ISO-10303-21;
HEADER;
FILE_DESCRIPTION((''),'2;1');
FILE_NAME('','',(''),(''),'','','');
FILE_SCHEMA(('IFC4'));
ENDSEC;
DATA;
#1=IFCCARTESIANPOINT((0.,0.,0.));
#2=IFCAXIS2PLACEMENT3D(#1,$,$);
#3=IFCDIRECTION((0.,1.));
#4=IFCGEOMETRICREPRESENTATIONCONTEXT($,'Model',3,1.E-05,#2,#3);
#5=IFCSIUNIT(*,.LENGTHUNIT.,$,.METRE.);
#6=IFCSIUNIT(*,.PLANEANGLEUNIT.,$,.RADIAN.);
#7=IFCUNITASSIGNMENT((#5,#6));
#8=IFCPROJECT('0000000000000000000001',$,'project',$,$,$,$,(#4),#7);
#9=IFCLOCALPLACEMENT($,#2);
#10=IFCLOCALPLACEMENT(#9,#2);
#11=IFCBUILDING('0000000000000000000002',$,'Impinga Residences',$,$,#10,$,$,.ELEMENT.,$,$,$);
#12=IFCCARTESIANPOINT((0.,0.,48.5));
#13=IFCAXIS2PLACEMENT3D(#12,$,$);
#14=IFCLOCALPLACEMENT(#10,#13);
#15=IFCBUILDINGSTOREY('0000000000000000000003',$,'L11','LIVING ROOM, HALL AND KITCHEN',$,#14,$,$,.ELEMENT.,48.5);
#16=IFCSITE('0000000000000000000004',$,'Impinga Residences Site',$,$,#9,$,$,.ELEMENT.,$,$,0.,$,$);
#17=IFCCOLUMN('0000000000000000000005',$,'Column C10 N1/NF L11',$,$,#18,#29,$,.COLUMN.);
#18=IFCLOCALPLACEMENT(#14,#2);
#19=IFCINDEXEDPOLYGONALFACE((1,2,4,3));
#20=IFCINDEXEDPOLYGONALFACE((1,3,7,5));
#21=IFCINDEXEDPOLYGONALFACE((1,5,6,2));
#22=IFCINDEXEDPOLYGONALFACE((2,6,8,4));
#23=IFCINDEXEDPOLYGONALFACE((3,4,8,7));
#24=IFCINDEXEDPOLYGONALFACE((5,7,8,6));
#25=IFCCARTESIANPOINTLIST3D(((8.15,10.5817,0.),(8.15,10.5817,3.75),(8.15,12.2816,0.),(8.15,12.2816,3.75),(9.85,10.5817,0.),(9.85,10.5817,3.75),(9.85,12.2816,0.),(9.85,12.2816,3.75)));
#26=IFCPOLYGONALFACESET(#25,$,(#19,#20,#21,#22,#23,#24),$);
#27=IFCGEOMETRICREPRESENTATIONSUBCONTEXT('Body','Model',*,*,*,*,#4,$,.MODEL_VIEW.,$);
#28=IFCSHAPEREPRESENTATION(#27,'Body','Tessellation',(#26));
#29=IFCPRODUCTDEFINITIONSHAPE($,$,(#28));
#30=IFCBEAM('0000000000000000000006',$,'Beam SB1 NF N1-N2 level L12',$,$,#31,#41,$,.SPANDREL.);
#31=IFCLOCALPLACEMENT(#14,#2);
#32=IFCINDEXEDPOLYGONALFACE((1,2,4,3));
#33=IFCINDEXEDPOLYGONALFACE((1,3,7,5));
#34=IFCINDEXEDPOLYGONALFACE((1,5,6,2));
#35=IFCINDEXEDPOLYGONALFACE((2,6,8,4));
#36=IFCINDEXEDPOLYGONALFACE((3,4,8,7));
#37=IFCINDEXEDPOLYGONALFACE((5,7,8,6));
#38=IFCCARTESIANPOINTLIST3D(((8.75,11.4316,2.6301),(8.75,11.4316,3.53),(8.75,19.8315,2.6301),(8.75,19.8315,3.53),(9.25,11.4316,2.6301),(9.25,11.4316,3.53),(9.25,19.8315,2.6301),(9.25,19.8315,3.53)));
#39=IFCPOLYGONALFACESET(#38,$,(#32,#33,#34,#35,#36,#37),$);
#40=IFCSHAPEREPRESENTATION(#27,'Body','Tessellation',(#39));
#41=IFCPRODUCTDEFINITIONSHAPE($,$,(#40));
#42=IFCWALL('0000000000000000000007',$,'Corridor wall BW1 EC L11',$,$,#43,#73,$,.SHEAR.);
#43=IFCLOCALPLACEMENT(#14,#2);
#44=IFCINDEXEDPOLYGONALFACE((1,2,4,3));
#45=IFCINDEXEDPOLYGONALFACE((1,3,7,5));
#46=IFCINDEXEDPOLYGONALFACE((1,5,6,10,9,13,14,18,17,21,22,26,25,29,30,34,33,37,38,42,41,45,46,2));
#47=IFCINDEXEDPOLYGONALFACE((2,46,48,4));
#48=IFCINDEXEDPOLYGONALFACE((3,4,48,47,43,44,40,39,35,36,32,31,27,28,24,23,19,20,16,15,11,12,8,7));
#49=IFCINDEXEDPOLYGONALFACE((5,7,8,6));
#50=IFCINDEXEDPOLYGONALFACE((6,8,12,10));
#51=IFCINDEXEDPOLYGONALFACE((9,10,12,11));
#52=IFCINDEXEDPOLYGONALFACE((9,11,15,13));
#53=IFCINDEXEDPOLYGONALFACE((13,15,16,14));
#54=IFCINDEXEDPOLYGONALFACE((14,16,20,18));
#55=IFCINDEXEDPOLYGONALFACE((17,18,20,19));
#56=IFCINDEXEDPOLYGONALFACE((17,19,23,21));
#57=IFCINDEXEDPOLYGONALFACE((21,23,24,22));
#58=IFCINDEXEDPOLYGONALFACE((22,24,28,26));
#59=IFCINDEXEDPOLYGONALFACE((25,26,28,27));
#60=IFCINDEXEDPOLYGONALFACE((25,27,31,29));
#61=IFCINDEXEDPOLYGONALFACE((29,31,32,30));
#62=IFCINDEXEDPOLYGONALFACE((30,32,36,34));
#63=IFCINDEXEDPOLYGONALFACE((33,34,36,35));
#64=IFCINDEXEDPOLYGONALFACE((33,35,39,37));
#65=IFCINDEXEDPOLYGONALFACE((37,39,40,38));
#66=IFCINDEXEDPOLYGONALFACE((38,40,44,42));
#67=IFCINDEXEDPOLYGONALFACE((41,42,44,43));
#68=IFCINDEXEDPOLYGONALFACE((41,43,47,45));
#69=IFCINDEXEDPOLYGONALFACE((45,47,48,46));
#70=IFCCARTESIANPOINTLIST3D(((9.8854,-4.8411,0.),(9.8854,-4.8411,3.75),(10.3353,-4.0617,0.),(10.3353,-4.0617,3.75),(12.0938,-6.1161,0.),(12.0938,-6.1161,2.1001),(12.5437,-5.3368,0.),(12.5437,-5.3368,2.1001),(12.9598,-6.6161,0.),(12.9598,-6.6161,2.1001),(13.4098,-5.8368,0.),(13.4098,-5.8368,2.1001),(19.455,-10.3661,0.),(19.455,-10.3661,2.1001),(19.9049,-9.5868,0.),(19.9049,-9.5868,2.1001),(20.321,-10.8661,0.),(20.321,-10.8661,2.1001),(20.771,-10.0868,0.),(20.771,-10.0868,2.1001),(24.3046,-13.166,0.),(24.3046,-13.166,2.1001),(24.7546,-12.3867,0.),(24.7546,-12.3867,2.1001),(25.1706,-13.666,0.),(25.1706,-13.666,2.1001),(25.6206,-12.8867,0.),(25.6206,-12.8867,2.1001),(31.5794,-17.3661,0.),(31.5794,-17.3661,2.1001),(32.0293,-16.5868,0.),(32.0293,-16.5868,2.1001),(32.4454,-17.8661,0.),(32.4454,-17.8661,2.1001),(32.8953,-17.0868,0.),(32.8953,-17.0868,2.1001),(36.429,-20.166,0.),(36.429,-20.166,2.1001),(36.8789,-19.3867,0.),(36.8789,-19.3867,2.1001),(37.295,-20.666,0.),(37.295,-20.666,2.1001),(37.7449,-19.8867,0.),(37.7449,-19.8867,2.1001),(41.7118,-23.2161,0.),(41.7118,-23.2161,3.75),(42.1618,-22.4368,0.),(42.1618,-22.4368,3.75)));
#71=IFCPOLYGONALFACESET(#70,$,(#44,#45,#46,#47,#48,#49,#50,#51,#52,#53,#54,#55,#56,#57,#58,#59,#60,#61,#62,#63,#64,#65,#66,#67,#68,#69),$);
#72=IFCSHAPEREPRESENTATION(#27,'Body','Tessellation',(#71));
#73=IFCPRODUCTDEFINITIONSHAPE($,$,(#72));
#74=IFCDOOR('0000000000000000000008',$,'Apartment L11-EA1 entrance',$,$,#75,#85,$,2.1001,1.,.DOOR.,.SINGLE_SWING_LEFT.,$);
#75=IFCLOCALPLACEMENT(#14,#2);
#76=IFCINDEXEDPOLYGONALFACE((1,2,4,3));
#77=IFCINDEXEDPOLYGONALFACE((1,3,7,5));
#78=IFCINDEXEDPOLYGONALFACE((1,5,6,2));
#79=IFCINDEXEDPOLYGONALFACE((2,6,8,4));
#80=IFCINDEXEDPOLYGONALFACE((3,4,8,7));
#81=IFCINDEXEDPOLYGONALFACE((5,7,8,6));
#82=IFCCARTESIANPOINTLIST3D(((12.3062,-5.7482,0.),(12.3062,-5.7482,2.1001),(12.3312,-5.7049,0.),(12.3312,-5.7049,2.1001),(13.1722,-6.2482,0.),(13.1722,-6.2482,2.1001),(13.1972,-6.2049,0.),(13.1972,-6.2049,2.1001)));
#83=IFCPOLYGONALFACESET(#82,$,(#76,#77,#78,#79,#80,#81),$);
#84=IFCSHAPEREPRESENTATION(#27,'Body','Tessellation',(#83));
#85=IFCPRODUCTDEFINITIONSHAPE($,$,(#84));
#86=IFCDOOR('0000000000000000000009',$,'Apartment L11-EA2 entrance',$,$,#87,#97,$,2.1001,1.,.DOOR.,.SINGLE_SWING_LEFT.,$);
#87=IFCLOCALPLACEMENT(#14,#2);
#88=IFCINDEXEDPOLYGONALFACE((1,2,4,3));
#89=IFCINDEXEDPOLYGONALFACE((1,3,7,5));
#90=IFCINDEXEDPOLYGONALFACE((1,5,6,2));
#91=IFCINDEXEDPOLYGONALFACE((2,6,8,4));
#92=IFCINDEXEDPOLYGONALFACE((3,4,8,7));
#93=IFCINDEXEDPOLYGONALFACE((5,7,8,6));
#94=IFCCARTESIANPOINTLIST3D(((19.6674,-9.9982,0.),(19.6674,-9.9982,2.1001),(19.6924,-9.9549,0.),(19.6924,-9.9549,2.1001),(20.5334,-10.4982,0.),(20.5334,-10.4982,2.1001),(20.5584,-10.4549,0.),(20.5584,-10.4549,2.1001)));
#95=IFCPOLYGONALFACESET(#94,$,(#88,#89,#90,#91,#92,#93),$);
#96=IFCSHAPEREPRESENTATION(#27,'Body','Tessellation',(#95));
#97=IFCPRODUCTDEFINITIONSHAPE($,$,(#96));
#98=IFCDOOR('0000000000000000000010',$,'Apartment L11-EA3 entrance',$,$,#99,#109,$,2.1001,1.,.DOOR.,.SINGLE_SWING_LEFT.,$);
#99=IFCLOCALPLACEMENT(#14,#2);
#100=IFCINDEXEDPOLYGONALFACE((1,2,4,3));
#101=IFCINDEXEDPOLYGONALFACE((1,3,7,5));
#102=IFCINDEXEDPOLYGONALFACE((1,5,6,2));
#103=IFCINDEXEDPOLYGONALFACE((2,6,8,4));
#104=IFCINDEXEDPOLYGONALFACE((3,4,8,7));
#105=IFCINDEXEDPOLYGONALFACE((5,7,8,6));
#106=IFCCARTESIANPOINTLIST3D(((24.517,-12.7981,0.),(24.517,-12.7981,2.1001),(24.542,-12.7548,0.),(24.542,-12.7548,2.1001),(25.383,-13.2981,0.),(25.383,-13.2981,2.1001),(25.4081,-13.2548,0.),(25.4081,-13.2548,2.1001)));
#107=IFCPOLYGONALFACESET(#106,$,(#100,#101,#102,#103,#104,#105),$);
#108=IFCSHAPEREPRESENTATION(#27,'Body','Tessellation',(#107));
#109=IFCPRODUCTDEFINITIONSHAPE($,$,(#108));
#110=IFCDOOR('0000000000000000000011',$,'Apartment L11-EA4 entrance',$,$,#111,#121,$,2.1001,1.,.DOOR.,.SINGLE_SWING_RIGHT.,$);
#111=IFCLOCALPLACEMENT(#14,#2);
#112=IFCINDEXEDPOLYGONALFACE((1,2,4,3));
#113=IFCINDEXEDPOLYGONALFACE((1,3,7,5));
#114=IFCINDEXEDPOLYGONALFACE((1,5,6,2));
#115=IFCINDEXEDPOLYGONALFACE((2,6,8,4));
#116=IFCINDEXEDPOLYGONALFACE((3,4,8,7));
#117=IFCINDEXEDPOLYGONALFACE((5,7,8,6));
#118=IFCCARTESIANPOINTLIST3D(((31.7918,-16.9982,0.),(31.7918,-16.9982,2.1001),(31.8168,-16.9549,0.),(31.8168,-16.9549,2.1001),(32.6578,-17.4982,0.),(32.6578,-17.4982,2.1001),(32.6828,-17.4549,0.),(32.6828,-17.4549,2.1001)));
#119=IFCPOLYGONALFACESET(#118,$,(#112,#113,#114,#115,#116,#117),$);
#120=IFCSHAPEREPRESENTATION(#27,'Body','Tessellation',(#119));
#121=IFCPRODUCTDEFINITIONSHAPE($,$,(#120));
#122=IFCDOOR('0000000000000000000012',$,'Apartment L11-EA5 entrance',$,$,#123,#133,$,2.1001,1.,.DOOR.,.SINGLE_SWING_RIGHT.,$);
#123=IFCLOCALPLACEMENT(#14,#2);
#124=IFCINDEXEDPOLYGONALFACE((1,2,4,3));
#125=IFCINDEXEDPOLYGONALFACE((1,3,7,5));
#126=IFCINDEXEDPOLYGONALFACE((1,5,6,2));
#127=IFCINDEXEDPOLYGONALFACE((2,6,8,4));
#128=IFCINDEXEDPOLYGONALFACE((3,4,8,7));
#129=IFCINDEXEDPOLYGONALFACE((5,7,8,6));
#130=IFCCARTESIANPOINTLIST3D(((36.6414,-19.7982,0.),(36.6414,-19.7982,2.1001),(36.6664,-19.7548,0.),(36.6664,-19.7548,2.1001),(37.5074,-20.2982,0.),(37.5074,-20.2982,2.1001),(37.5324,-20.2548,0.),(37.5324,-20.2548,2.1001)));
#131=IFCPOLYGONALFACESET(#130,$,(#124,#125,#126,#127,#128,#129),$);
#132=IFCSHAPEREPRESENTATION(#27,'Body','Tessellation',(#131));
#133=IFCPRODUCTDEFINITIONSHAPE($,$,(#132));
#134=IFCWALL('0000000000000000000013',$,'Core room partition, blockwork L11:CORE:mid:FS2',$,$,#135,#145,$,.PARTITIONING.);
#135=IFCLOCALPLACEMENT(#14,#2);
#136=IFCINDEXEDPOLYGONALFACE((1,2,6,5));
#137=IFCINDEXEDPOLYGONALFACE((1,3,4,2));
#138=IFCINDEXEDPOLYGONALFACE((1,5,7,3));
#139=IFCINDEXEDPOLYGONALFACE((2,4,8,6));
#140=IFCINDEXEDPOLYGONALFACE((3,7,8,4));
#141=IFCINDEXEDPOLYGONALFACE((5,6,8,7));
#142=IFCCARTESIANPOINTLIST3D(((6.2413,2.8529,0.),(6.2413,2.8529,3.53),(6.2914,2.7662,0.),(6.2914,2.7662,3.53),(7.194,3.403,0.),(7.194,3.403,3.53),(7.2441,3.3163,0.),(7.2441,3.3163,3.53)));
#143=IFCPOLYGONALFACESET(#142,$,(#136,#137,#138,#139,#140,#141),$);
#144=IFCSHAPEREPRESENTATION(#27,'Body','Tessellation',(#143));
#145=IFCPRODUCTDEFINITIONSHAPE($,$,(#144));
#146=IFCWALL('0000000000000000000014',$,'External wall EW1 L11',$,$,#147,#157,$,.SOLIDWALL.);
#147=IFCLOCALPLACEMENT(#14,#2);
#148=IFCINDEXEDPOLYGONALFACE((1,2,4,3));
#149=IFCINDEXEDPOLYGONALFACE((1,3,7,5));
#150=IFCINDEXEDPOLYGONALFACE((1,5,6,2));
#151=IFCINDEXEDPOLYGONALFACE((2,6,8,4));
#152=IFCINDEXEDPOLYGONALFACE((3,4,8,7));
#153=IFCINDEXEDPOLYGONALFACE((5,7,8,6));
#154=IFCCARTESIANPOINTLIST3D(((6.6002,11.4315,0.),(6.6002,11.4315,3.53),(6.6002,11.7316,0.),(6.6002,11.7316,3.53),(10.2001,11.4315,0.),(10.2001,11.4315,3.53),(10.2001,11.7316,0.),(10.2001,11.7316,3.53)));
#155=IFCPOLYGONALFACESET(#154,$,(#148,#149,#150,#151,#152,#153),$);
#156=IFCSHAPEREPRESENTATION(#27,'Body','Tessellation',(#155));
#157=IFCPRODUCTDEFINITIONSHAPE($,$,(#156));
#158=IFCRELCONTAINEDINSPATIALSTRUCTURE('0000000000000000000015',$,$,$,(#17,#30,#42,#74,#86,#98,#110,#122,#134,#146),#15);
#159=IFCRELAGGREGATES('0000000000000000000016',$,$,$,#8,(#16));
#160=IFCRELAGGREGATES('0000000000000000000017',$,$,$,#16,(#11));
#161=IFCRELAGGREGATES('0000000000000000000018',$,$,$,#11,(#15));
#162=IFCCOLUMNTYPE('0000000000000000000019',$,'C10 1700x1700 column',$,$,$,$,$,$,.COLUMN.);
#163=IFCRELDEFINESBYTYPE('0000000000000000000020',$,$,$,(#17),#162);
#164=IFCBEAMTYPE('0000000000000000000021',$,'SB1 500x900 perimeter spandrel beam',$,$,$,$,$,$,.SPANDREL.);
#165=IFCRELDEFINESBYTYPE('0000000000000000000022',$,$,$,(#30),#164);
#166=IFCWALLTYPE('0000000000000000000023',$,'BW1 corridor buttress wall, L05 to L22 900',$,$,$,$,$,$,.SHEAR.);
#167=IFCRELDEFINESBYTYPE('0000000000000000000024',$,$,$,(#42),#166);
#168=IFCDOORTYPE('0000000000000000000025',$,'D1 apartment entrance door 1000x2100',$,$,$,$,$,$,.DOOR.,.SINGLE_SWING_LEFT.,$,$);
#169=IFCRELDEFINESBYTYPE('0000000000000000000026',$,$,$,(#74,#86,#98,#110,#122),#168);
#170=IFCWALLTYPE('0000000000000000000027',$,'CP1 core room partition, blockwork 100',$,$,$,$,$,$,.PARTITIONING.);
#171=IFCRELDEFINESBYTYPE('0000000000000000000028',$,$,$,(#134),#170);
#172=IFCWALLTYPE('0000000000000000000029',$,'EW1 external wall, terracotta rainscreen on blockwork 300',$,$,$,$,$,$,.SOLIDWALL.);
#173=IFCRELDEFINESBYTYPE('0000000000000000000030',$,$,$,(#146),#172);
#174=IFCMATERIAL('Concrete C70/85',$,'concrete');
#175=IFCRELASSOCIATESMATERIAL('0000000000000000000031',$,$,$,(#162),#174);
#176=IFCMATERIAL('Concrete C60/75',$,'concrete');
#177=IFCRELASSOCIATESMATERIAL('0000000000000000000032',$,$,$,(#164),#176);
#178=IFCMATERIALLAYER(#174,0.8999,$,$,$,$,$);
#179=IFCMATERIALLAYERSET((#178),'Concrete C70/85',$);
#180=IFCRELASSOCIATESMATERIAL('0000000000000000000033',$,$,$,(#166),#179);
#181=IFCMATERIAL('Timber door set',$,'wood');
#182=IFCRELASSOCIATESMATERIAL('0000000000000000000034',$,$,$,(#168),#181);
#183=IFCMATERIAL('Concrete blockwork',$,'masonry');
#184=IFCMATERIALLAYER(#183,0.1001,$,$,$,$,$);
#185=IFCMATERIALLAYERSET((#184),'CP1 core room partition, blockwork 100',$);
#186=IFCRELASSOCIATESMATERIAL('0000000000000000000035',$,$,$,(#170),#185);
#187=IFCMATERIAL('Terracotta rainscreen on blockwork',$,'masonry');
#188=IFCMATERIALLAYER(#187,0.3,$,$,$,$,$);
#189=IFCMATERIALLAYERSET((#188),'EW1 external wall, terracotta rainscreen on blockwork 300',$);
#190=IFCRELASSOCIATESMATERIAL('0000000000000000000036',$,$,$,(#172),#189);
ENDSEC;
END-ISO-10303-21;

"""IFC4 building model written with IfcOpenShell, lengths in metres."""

from ifc_helpers import new_model, si_unit, direction, frame, frame_2d, origin, origin_2d, place, context, subcontext, project, spatial, rectangle, extrude, material, layer, layer_set, material_profile, profile_set, type_object, element, fill, save


model = new_model("IFC4")

# Units and contexts
model_context = context("Model", 3, precision=1e-05, world=origin(), true_north=direction((0.0, 1.0)))
body_context = subcontext(model_context, "Body", "Model", "MODEL_VIEW")
ifc_project = project(units=[si_unit("LENGTHUNIT", "METRE"), si_unit("PLANEANGLEUNIT", "RADIAN")], contexts=[model_context])

# Site, building, storey
site_placement = place(None, origin())
site = spatial("IfcSite", under=ifc_project, at=site_placement, Name="Impinga Residences Site", CompositionType="ELEMENT", RefElevation=0.0)
building_placement = place(site_placement, origin())
building = spatial("IfcBuilding", under=site, at=building_placement, Name="Impinga Residences", CompositionType="ELEMENT")
storey_placement = place(building_placement, frame((0.0, 0.0, 48.5)))
storey = spatial("IfcBuildingStorey", under=building, at=storey_placement, Name="L11", Description="LIVING ROOM, HALL AND KITCHEN", CompositionType="ELEMENT", Elevation=48.5)

# Column
ifc_material_1 = material(Name="Concrete C70/85", Category="concrete")
ifc_material_profile_1 = material_profile(ifc_material_1, rectangle(XDim=1.7, YDim=1.7, at=origin_2d()), Name="RC 1700x1700")
ifc_profile_set_1 = profile_set([ifc_material_profile_1], Name="Concrete C70/85")
column_type = type_object("IfcColumnType", Name="C10 1700x1700 column", PredefinedType="COLUMN", material=ifc_profile_set_1)
column_placement = place(storey_placement, frame((9.0, 11.4316, 0.0), z_axis=(0.0, 0.0, 1.0), x_axis=(1.0, 0.0, 0.0)))
element("IfcColumn", 1, at=column_placement, inside=storey, type_object=column_type, Name="Column C10 N1/NF L11", PredefinedType="COLUMN", context=body_context, shape_type="SweptSolid", body=[
    extrude(rectangle(XDim=1.7, YDim=1.7, at=origin_2d()), origin(), (0.0, 0.0, 1.0), 3.75),
])

# Beam
ifc_material_2 = material(Name="Concrete C60/75", Category="concrete")
ifc_material_profile_2 = material_profile(ifc_material_2, rectangle(XDim=0.5, YDim=0.8999, at=origin_2d()), Name="RC 500x900")
ifc_profile_set_2 = profile_set([ifc_material_profile_2], Name="Concrete C60/75")
beam_type = type_object("IfcBeamType", Name="SB1 500x900 perimeter spandrel beam", PredefinedType="SPANDREL", material=ifc_profile_set_2)
beam_placement = place(storey_placement, frame((9.0, 11.4316, 3.0801), z_axis=(0.0, 1.0, 0.0), x_axis=(-1.0, 0.0, 0.0)))
element("IfcBeam", 2, at=beam_placement, inside=storey, type_object=beam_type, Name="Beam SB1 NF N1-N2 level L12", PredefinedType="SPANDREL", context=body_context, shape_type="SweptSolid", body=[
    extrude(rectangle(XDim=0.5, YDim=0.8999, at=origin_2d()), origin(), (0.0, 0.0, 1.0), 8.3999),
])

# Wall, openings, doors
ifc_layer_1 = layer(ifc_material_1, 0.8999)
ifc_layer_set_1 = layer_set([ifc_layer_1], Name="Concrete C70/85")
wall_type_1 = type_object("IfcWallType", Name="BW1 corridor buttress wall, L05 to L22 900", PredefinedType="SHEAR", material=ifc_layer_set_1)
wall_1_placement = place(storey_placement, frame((10.1104, -4.4514, 0.0), z_axis=(0.0, 0.0, 1.0), x_axis=(0.866025, -0.5, 0.0)))
wall_1 = element("IfcWall", 3, at=wall_1_placement, inside=storey, type_object=wall_type_1, Name="Corridor wall BW1 EC L11", PredefinedType="SHEAR", context=body_context, shape_type="SweptSolid", body=[
    extrude(rectangle(XDim=36.75, YDim=0.8999, at=frame_2d((18.375, 0.0))), origin(), (0.0, 0.0, 1.0), 3.75),
])
opening_1_placement = place(wall_1_placement, frame((2.55, 0.0, 0.0)))
opening_1 = element("IfcOpeningElement", 4, at=opening_1_placement, cuts=wall_1, PredefinedType="OPENING", context=body_context, shape_type="SweptSolid", body=[
    extrude(rectangle(XDim=1.0, YDim=2.1001, at=frame_2d((0.5, 1.05))), frame((0.0, 0.46, 0.0), z_axis=(0.0, -1.0, 0.0), x_axis=(1.0, 0.0, 0.0)), (0.0, 0.0, 1.0), 0.9199),
])
opening_2_placement = place(wall_1_placement, frame((11.05, 0.0, 0.0)))
opening_2 = element("IfcOpeningElement", 5, at=opening_2_placement, cuts=wall_1, PredefinedType="OPENING", context=body_context, shape_type="SweptSolid", body=[
    extrude(rectangle(XDim=1.0, YDim=2.1001, at=frame_2d((0.5, 1.05))), frame((0.0, 0.46, 0.0), z_axis=(0.0, -1.0, 0.0), x_axis=(1.0, 0.0, 0.0)), (0.0, 0.0, 1.0), 0.9199),
])
opening_3_placement = place(wall_1_placement, frame((16.6499, 0.0, 0.0)))
opening_3 = element("IfcOpeningElement", 6, at=opening_3_placement, cuts=wall_1, PredefinedType="OPENING", context=body_context, shape_type="SweptSolid", body=[
    extrude(rectangle(XDim=1.0, YDim=2.1001, at=frame_2d((0.5, 1.05))), frame((0.0, 0.46, 0.0), z_axis=(0.0, -1.0, 0.0), x_axis=(1.0, 0.0, 0.0)), (0.0, 0.0, 1.0), 0.9199),
])
opening_4_placement = place(wall_1_placement, frame((25.05, 0.0, 0.0)))
opening_4 = element("IfcOpeningElement", 7, at=opening_4_placement, cuts=wall_1, PredefinedType="OPENING", context=body_context, shape_type="SweptSolid", body=[
    extrude(rectangle(XDim=1.0, YDim=2.1001, at=frame_2d((0.5, 1.05))), frame((0.0, 0.46, 0.0), z_axis=(0.0, -1.0, 0.0), x_axis=(1.0, 0.0, 0.0)), (0.0, 0.0, 1.0), 0.9199),
])
opening_5_placement = place(wall_1_placement, frame((30.6499, 0.0, 0.0)))
opening_5 = element("IfcOpeningElement", 8, at=opening_5_placement, cuts=wall_1, PredefinedType="OPENING", context=body_context, shape_type="SweptSolid", body=[
    extrude(rectangle(XDim=1.0, YDim=2.1001, at=frame_2d((0.5, 1.05))), frame((0.0, 0.46, 0.0), z_axis=(0.0, -1.0, 0.0), x_axis=(1.0, 0.0, 0.0)), (0.0, 0.0, 1.0), 0.9199),
])
ifc_material_3 = material(Name="Timber door set", Category="wood")
door_type_1 = type_object("IfcDoorType", Name="D1 apartment entrance door 1000x2100", OperationType="SINGLE_SWING_LEFT", PredefinedType="DOOR", material=ifc_material_3)
door_1_placement = place(opening_1_placement, origin())
door_1 = element("IfcDoor", 9, at=door_1_placement, inside=storey, type_object=door_type_1, Name="Apartment L11-EA1 entrance", OperationType="SINGLE_SWING_LEFT", OverallHeight=2.1001, OverallWidth=1.0, PredefinedType="DOOR", context=body_context, shape_type="SweptSolid", body=[
    extrude(rectangle(XDim=1.0, YDim=2.1001, at=frame_2d((0.5, 1.05))), frame((0.0, 0.0249, 0.0), z_axis=(0.0, -1.0, 0.0), x_axis=(1.0, 0.0, 0.0)), (0.0, 0.0, 1.0), 0.05),
])
fill(opening_1, door_1)
door_2_placement = place(opening_2_placement, origin())
door_2 = element("IfcDoor", 10, at=door_2_placement, inside=storey, type_object=door_type_1, Name="Apartment L11-EA2 entrance", OperationType="SINGLE_SWING_LEFT", OverallHeight=2.1001, OverallWidth=1.0, PredefinedType="DOOR", context=body_context, shape_type="SweptSolid", body=[
    extrude(rectangle(XDim=1.0, YDim=2.1001, at=frame_2d((0.5, 1.05))), frame((0.0, 0.0249, 0.0), z_axis=(0.0, -1.0, 0.0), x_axis=(1.0, 0.0, 0.0)), (0.0, 0.0, 1.0), 0.05),
])
fill(opening_2, door_2)
door_3_placement = place(opening_3_placement, origin())
door_3 = element("IfcDoor", 11, at=door_3_placement, inside=storey, type_object=door_type_1, Name="Apartment L11-EA3 entrance", OperationType="SINGLE_SWING_LEFT", OverallHeight=2.1001, OverallWidth=1.0, PredefinedType="DOOR", context=body_context, shape_type="SweptSolid", body=[
    extrude(rectangle(XDim=1.0, YDim=2.1001, at=frame_2d((0.5, 1.05))), frame((0.0, 0.0249, 0.0), z_axis=(0.0, -1.0, 0.0), x_axis=(1.0, 0.0, 0.0)), (0.0, 0.0, 1.0), 0.05),
])
fill(opening_3, door_3)
door_4_placement = place(opening_4_placement, origin())
door_4 = element("IfcDoor", 12, at=door_4_placement, inside=storey, type_object=door_type_1, Name="Apartment L11-EA4 entrance", OperationType="SINGLE_SWING_RIGHT", OverallHeight=2.1001, OverallWidth=1.0, PredefinedType="DOOR", context=body_context, shape_type="SweptSolid", body=[
    extrude(rectangle(XDim=1.0, YDim=2.1001, at=frame_2d((0.5, 1.05))), frame((0.0, 0.0249, 0.0), z_axis=(0.0, -1.0, 0.0), x_axis=(1.0, 0.0, 0.0)), (0.0, 0.0, 1.0), 0.05),
])
fill(opening_4, door_4)
door_5_placement = place(opening_5_placement, origin())
door_5 = element("IfcDoor", 13, at=door_5_placement, inside=storey, type_object=door_type_1, Name="Apartment L11-EA5 entrance", OperationType="SINGLE_SWING_RIGHT", OverallHeight=2.1001, OverallWidth=1.0, PredefinedType="DOOR", context=body_context, shape_type="SweptSolid", body=[
    extrude(rectangle(XDim=1.0, YDim=2.1001, at=frame_2d((0.5, 1.05))), frame((0.0, 0.0249, 0.0), z_axis=(0.0, -1.0, 0.0), x_axis=(1.0, 0.0, 0.0)), (0.0, 0.0, 1.0), 0.05),
])
fill(opening_5, door_5)

# Walls
ifc_material_4 = material(Name="Concrete blockwork", Category="masonry")
ifc_layer_2 = layer(ifc_material_4, 0.1001)
ifc_layer_set_2 = layer_set([ifc_layer_2], Name="CP1 core room partition, blockwork 100")
wall_type_2 = type_object("IfcWallType", Name="CP1 core room partition, blockwork 100", PredefinedType="PARTITIONING", material=ifc_layer_set_2)
wall_2_placement = place(storey_placement, frame((6.2664, 2.8096, 0.0), z_axis=(0.0, 0.0, 1.0), x_axis=(0.866008, 0.50003, 0.0)))
element("IfcWall", 14, at=wall_2_placement, inside=storey, type_object=wall_type_2, Name="Core room partition, blockwork L11:CORE:mid:FS2", PredefinedType="PARTITIONING", context=body_context, shape_type="SweptSolid", body=[
    extrude(rectangle(XDim=1.1001, YDim=0.1001, at=frame_2d((0.55, 0.0))), origin(), (0.0, 0.0, 1.0), 3.53),
])
ifc_material_5 = material(Name="Terracotta rainscreen on blockwork", Category="masonry")
ifc_layer_3 = layer(ifc_material_5, 0.3)
ifc_layer_set_3 = layer_set([ifc_layer_3], Name="EW1 external wall, terracotta rainscreen on blockwork 300")
wall_type_3 = type_object("IfcWallType", Name="EW1 external wall, terracotta rainscreen on blockwork 300", PredefinedType="SOLIDWALL", material=ifc_layer_set_3)
wall_3_placement = place(storey_placement, frame((10.2, 11.5815, 0.0), z_axis=(0.0, 0.0, 1.0), x_axis=(-1.0, 0.0, 0.0)))
element("IfcWall", 15, at=wall_3_placement, inside=storey, type_object=wall_type_3, Name="External wall EW1 L11", PredefinedType="SOLIDWALL", context=body_context, shape_type="SweptSolid", body=[
    extrude(rectangle(XDim=3.5999, YDim=0.3, at=frame_2d((1.7998, 0.0))), origin(), (0.0, 0.0, 1.0), 3.53),
])

save(model, "model.ifc")
